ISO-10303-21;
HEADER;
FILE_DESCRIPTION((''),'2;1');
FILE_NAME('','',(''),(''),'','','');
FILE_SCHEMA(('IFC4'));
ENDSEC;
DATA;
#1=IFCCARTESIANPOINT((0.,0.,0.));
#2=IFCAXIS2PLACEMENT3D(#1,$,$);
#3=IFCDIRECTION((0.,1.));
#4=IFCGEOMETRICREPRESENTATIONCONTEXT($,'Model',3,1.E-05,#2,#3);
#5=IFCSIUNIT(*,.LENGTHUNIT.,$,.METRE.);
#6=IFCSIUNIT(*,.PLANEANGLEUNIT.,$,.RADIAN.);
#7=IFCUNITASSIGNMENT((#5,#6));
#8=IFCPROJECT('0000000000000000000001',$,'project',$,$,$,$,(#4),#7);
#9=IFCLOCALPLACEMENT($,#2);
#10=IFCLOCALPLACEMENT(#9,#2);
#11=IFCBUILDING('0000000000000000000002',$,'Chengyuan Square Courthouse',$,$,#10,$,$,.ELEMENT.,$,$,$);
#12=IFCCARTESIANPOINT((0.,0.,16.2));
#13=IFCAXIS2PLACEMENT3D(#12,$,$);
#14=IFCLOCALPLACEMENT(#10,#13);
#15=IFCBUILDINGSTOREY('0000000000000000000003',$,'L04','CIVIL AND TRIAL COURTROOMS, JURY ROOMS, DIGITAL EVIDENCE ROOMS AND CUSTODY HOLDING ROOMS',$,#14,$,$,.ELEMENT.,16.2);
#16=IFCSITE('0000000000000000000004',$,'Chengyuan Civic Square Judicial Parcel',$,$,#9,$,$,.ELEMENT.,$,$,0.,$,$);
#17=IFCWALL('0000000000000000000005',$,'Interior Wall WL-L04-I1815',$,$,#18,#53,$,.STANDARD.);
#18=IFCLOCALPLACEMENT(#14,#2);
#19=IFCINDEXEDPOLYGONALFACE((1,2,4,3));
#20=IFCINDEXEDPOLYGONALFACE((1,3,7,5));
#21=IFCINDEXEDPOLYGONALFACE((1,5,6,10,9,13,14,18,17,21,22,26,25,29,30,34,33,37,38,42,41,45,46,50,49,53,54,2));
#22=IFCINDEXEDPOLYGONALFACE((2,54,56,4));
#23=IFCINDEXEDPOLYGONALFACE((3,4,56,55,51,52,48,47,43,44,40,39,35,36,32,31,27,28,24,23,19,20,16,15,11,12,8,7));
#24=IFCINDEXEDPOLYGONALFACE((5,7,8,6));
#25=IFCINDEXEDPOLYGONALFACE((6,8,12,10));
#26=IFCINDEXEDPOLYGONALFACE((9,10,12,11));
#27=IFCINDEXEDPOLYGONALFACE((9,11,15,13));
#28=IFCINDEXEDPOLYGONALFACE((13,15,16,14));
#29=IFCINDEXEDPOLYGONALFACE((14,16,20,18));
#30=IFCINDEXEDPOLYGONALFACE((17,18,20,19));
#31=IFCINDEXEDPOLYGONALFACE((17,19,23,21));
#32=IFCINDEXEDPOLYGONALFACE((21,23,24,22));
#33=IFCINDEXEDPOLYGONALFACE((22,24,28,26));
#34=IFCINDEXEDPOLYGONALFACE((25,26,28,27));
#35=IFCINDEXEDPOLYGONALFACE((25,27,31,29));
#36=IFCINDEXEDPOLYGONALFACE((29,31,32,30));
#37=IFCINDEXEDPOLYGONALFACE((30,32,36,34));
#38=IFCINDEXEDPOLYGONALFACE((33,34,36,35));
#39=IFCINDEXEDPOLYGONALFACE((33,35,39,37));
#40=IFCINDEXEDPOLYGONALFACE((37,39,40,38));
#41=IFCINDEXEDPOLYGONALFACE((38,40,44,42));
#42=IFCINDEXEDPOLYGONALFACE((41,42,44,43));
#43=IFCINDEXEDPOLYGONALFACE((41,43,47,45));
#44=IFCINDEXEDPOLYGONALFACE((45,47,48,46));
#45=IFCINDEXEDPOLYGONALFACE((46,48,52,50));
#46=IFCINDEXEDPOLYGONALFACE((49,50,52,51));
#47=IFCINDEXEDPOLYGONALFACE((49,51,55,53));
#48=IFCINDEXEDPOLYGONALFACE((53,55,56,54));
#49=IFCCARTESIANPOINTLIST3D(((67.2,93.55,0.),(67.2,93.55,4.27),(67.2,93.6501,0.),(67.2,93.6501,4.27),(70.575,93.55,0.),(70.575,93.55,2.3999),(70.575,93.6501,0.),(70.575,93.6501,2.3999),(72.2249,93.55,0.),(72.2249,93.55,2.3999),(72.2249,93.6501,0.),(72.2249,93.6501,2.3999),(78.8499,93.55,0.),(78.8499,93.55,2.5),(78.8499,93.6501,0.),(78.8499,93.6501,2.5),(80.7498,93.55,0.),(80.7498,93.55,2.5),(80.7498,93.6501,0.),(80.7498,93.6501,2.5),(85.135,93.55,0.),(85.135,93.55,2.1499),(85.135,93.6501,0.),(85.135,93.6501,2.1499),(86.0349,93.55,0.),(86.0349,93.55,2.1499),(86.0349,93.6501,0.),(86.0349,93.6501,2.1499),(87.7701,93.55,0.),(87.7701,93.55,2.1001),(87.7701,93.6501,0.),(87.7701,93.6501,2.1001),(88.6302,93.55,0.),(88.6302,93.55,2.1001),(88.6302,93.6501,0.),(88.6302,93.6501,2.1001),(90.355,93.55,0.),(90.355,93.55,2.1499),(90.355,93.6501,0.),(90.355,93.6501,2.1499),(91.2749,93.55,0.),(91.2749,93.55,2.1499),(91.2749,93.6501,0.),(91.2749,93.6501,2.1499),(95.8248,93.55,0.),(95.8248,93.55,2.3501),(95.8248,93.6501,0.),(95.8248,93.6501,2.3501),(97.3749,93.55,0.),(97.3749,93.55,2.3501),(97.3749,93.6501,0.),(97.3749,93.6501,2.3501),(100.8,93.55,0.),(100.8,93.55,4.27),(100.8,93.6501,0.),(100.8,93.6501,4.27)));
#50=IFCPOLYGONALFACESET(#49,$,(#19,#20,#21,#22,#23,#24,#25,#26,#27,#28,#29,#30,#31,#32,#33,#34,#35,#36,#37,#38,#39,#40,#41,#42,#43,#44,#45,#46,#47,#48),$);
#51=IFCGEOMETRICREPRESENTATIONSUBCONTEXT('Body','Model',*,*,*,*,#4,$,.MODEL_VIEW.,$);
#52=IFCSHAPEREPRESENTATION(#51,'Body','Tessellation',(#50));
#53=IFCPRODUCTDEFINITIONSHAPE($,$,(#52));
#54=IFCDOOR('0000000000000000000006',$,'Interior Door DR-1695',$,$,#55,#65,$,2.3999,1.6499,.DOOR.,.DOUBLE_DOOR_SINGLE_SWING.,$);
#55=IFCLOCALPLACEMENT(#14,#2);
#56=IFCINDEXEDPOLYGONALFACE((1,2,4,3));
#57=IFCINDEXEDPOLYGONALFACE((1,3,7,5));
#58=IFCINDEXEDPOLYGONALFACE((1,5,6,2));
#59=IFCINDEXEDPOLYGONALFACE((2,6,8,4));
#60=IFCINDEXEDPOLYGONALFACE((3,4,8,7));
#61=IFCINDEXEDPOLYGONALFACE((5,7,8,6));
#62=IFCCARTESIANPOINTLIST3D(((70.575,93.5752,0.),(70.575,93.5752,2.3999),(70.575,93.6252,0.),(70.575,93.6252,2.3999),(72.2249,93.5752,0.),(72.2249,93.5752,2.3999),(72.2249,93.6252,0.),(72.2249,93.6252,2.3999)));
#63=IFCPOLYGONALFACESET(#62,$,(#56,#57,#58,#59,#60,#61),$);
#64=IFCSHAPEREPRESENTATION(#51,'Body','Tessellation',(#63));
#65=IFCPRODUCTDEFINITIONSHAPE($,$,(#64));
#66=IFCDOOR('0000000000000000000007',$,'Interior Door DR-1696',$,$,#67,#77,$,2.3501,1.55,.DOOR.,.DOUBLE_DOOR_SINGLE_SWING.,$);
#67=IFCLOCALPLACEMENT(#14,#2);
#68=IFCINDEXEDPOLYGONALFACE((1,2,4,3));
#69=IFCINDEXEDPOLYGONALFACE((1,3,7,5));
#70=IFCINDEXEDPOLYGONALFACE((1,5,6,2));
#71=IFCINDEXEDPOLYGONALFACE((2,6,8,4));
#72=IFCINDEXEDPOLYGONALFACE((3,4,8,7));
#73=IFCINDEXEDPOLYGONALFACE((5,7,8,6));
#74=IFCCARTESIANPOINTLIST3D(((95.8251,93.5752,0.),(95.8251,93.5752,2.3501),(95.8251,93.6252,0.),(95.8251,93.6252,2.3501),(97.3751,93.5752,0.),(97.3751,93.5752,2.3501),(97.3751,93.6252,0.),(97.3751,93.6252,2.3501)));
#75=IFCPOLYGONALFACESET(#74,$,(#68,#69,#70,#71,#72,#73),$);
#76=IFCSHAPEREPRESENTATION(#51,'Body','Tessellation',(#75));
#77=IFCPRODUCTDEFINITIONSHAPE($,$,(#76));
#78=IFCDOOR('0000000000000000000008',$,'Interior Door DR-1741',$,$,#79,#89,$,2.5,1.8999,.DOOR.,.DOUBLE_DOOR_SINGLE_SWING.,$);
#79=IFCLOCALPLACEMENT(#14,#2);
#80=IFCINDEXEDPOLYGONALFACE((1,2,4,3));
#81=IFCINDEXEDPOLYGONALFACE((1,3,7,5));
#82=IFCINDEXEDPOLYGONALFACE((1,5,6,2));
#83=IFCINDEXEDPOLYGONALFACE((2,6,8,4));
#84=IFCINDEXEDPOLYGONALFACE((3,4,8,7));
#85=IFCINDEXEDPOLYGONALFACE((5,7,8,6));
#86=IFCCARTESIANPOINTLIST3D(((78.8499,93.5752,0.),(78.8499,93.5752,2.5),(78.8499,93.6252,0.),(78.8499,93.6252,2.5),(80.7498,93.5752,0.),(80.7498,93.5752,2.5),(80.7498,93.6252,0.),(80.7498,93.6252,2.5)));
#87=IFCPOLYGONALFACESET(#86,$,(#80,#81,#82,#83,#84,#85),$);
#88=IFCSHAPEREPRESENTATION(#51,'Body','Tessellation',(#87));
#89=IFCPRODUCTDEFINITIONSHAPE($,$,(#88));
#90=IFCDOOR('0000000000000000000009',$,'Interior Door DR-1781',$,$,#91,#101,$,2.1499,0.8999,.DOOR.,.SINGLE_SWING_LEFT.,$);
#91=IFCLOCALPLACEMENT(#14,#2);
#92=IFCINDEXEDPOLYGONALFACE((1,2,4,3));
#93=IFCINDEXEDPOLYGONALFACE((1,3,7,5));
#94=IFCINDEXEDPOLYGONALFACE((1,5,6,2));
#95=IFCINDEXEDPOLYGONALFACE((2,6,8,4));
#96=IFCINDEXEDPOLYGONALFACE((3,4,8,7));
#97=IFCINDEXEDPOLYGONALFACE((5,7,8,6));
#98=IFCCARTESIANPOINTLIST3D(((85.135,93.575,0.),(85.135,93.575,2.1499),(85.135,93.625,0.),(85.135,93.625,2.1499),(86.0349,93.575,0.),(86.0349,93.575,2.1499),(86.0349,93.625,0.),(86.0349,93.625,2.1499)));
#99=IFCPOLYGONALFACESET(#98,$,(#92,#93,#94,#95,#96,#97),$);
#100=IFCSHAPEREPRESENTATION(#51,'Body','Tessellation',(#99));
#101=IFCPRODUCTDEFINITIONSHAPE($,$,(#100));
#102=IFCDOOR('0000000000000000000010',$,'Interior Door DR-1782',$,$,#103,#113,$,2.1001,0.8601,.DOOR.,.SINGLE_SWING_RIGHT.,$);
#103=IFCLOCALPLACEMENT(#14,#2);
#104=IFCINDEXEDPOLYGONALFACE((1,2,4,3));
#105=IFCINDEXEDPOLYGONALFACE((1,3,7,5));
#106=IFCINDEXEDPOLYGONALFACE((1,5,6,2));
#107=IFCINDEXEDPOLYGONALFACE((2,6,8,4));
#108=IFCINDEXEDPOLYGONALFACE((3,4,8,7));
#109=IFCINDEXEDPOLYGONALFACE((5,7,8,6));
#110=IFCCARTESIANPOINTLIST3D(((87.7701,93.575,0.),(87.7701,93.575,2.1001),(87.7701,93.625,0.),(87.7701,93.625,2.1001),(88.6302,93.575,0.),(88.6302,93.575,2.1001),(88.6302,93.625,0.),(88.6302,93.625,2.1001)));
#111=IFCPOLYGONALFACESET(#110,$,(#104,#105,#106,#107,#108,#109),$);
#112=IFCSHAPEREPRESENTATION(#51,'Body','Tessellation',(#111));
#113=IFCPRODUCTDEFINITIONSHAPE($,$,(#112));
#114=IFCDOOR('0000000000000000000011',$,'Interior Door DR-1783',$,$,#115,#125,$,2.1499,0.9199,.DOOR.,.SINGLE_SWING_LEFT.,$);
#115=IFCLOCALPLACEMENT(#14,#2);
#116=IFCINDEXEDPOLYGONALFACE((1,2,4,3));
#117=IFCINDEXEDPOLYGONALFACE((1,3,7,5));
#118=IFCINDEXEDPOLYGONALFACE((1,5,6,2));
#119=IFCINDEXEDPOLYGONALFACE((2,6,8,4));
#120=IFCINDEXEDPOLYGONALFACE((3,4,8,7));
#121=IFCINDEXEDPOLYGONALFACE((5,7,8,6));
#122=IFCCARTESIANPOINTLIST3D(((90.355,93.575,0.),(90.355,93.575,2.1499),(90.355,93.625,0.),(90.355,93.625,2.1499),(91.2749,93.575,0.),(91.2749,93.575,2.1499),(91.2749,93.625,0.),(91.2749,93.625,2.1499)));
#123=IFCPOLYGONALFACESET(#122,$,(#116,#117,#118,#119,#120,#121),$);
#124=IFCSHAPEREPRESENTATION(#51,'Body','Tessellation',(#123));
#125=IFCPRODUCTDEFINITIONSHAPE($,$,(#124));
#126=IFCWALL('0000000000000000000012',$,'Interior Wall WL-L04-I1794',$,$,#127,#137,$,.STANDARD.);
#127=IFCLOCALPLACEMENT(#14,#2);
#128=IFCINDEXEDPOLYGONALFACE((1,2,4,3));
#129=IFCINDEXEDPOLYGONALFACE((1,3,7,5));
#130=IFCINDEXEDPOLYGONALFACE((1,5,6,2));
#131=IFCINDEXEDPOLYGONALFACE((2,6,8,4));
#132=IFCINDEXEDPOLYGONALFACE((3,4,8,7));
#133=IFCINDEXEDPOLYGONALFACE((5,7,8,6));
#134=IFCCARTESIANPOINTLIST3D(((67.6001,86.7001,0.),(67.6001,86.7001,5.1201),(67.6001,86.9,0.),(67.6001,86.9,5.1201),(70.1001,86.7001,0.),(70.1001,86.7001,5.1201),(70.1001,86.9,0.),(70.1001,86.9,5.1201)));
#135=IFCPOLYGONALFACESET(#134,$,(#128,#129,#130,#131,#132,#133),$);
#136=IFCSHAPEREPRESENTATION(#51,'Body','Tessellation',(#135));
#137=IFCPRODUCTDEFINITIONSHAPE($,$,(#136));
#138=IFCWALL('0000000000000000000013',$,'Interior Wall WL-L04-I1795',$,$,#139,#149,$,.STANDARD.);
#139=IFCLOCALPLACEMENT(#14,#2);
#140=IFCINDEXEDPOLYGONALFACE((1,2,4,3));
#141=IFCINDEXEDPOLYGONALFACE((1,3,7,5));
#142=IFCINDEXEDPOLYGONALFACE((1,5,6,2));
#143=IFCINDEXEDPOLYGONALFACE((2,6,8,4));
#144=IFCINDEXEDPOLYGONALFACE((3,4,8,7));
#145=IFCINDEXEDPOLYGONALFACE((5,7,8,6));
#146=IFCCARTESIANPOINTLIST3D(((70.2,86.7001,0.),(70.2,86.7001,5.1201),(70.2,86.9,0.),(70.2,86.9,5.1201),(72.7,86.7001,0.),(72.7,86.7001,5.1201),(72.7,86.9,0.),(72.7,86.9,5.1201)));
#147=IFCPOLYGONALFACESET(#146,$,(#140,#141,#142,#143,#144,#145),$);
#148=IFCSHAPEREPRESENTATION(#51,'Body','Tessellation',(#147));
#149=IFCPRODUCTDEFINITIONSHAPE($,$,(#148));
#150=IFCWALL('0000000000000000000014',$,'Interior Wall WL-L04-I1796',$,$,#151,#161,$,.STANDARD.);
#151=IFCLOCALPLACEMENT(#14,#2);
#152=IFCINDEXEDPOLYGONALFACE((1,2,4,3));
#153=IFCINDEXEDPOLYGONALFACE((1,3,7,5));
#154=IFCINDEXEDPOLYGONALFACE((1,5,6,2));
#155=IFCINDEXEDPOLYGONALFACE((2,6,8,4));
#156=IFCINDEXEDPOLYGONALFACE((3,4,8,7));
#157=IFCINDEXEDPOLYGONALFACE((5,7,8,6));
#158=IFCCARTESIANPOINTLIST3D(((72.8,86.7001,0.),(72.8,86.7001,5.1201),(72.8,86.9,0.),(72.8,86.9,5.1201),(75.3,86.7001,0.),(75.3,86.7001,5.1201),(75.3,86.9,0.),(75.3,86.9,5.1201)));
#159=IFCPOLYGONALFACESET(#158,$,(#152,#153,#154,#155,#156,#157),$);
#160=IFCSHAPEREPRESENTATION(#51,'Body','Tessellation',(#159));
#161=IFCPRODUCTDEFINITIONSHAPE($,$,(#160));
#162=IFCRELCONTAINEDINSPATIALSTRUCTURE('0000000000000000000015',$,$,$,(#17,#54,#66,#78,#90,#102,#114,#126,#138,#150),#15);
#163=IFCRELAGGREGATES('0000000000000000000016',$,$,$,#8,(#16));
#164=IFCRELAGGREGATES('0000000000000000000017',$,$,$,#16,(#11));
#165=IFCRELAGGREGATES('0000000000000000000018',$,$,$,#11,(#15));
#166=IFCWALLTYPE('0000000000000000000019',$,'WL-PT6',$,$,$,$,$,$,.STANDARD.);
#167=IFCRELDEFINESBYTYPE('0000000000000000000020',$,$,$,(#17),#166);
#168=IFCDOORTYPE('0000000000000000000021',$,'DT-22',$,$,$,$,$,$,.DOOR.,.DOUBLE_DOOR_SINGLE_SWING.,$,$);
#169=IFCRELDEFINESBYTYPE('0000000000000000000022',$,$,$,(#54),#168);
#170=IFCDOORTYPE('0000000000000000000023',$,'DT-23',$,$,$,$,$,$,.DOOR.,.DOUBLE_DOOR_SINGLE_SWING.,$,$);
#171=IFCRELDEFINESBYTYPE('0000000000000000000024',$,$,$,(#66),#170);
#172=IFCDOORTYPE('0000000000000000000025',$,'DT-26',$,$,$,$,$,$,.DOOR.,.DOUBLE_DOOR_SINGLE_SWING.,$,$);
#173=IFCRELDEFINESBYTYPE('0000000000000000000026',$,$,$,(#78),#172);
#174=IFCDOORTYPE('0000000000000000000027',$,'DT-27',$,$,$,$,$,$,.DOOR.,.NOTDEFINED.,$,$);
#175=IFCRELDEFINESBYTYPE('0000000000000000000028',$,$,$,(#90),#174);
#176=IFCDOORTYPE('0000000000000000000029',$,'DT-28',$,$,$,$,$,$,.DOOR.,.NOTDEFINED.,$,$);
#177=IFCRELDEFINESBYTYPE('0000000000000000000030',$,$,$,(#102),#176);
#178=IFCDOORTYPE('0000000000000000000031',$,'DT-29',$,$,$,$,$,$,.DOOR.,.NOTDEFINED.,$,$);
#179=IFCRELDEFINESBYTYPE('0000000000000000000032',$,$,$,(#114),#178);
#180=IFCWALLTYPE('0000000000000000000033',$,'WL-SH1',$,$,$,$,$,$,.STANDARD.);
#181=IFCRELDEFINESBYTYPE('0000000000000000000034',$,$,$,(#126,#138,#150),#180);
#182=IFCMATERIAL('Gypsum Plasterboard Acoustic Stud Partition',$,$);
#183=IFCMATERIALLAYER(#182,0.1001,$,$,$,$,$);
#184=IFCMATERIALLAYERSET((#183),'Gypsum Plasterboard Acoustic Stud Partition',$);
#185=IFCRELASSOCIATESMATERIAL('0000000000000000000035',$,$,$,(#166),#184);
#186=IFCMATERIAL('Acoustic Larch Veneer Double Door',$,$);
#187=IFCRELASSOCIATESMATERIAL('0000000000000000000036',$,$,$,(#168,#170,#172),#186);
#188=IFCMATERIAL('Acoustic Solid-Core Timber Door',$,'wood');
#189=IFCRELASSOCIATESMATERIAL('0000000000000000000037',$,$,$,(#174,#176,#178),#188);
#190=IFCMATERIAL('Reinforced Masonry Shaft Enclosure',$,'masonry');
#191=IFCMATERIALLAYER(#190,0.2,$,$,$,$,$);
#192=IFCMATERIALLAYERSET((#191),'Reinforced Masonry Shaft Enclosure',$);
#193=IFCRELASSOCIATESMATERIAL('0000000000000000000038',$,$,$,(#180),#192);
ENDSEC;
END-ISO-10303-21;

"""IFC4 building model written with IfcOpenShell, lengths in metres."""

from ifc_helpers import new_model, si_unit, direction, frame, frame_2d, origin, place, context, subcontext, project, spatial, rectangle, extrude, material, layer, layer_set, type_object, element, fill, save


model = new_model("IFC4")

# Units and contexts
model_context = context("Model", 3, precision=1e-05, world=origin(), true_north=direction((0.0, 1.0)))
body_context = subcontext(model_context, "Body", "Model", "MODEL_VIEW")
ifc_project = project(units=[si_unit("LENGTHUNIT", "METRE"), si_unit("PLANEANGLEUNIT", "RADIAN")], contexts=[model_context])

# Site, building, storey
site_placement = place(None, origin())
site = spatial("IfcSite", under=ifc_project, at=site_placement, Name="Chengyuan Civic Square Judicial Parcel", CompositionType="ELEMENT", RefElevation=0.0)
building_placement = place(site_placement, origin())
building = spatial("IfcBuilding", under=site, at=building_placement, Name="Chengyuan Square Courthouse", CompositionType="ELEMENT")
storey_placement = place(building_placement, frame((0.0, 0.0, 16.2)))
storey = spatial("IfcBuildingStorey", under=building, at=storey_placement, Name="L04", Description="CIVIL AND TRIAL COURTROOMS, JURY ROOMS, DIGITAL EVIDENCE ROOMS AND CUSTODY HOLDING ROOMS", CompositionType="ELEMENT", Elevation=16.2)

# Wall, openings, doors
ifc_material_1 = material(Name="Gypsum Plasterboard Acoustic Stud Partition")
ifc_layer_1 = layer(ifc_material_1, 0.1001)
ifc_layer_set_1 = layer_set([ifc_layer_1], Name="Gypsum Plasterboard Acoustic Stud Partition")
wall_type_1 = type_object("IfcWallType", Name="WL-PT6", PredefinedType="STANDARD", material=ifc_layer_set_1)
wall_1_placement = place(storey_placement, frame((67.2, 93.6001, 0.0), z_axis=(0.0, 0.0, 1.0), x_axis=(1.0, 0.0, 0.0)))
wall_1 = element("IfcWall", 1, at=wall_1_placement, inside=storey, type_object=wall_type_1, Name="Interior Wall WL-L04-I1815", PredefinedType="STANDARD", context=body_context, shape_type="SweptSolid", body=[
    extrude(rectangle(XDim=33.6001, YDim=0.1001, at=frame_2d((16.8, 0.0))), origin(), (0.0, 0.0, 1.0), 4.27),
])
opening_1_placement = place(wall_1_placement, frame((3.375, 0.0, 0.0)))
opening_1 = element("IfcOpeningElement", 2, at=opening_1_placement, cuts=wall_1, PredefinedType="OPENING", context=body_context, shape_type="SweptSolid", body=[
    extrude(rectangle(XDim=1.6499, YDim=2.3999, at=frame_2d((0.825, 1.2))), frame((0.0, 0.062, 0.0), z_axis=(0.0, -1.0, 0.0), x_axis=(1.0, 0.0, 0.0)), (0.0, 0.0, 1.0), 0.124),
])
opening_2_placement = place(wall_1_placement, frame((28.625, 0.0, 0.0)))
opening_2 = element("IfcOpeningElement", 3, at=opening_2_placement, cuts=wall_1, PredefinedType="OPENING", context=body_context, shape_type="SweptSolid", body=[
    extrude(rectangle(XDim=1.55, YDim=2.3501, at=frame_2d((0.7749, 1.175))), frame((0.0, 0.062, 0.0), z_axis=(0.0, -1.0, 0.0), x_axis=(1.0, 0.0, 0.0)), (0.0, 0.0, 1.0), 0.124),
])
opening_3_placement = place(wall_1_placement, frame((11.6499, 0.0, 0.0)))
opening_3 = element("IfcOpeningElement", 4, at=opening_3_placement, cuts=wall_1, PredefinedType="OPENING", context=body_context, shape_type="SweptSolid", body=[
    extrude(rectangle(XDim=1.8999, YDim=2.5, at=frame_2d((0.95, 1.25))), frame((0.0, 0.062, 0.0), z_axis=(0.0, -1.0, 0.0), x_axis=(1.0, 0.0, 0.0)), (0.0, 0.0, 1.0), 0.124),
])
opening_4_placement = place(wall_1_placement, frame((17.9351, 0.0, 0.0)))
opening_4 = element("IfcOpeningElement", 5, at=opening_4_placement, cuts=wall_1, PredefinedType="OPENING", context=body_context, shape_type="SweptSolid", body=[
    extrude(rectangle(XDim=0.8999, YDim=2.1499, at=frame_2d((0.45, 1.075))), frame((0.0, 0.062, 0.0), z_axis=(0.0, -1.0, 0.0), x_axis=(1.0, 0.0, 0.0)), (0.0, 0.0, 1.0), 0.124),
])
opening_5_placement = place(wall_1_placement, frame((20.5701, 0.0, 0.0)))
opening_5 = element("IfcOpeningElement", 6, at=opening_5_placement, cuts=wall_1, PredefinedType="OPENING", context=body_context, shape_type="SweptSolid", body=[
    extrude(rectangle(XDim=0.8601, YDim=2.1001, at=frame_2d((0.4302, 1.05))), frame((0.0, 0.062, 0.0), z_axis=(0.0, -1.0, 0.0), x_axis=(1.0, 0.0, 0.0)), (0.0, 0.0, 1.0), 0.124),
])
opening_6_placement = place(wall_1_placement, frame((23.155, 0.0, 0.0)))
opening_6 = element("IfcOpeningElement", 7, at=opening_6_placement, cuts=wall_1, PredefinedType="OPENING", context=body_context, shape_type="SweptSolid", body=[
    extrude(rectangle(XDim=0.9199, YDim=2.1499, at=frame_2d((0.46, 1.075))), frame((0.0, 0.062, 0.0), z_axis=(0.0, -1.0, 0.0), x_axis=(1.0, 0.0, 0.0)), (0.0, 0.0, 1.0), 0.124),
])
ifc_material_2 = material(Name="Acoustic Larch Veneer Double Door")
door_type_1 = type_object("IfcDoorType", Name="DT-22", OperationType="DOUBLE_DOOR_SINGLE_SWING", PredefinedType="DOOR", material=ifc_material_2)
door_1_placement = place(opening_1_placement, frame((1.6499, 0.0, 0.0), z_axis=(0.0, 0.0, 1.0), x_axis=(-1.0, 0.0, 0.0)))
door_1 = element("IfcDoor", 8, at=door_1_placement, inside=storey, type_object=door_type_1, Name="Interior Door DR-1695", OperationType="DOUBLE_DOOR_SINGLE_SWING", OverallHeight=2.3999, OverallWidth=1.6499, PredefinedType="DOOR", context=body_context, shape_type="SweptSolid", body=[
    extrude(rectangle(XDim=1.6499, YDim=2.3999, at=frame_2d((0.825, 1.2))), frame((0.0, 0.0249, 0.0), z_axis=(0.0, -1.0, 0.0), x_axis=(1.0, 0.0, 0.0)), (0.0, 0.0, 1.0), 0.05),
])
fill(opening_1, door_1)
door_type_2 = type_object("IfcDoorType", Name="DT-23", OperationType="DOUBLE_DOOR_SINGLE_SWING", PredefinedType="DOOR", material=ifc_material_2)
door_2_placement = place(opening_2_placement, frame((1.55, 0.0, 0.0), z_axis=(0.0, 0.0, 1.0), x_axis=(-1.0, 0.0, 0.0)))
door_2 = element("IfcDoor", 9, at=door_2_placement, inside=storey, type_object=door_type_2, Name="Interior Door DR-1696", OperationType="DOUBLE_DOOR_SINGLE_SWING", OverallHeight=2.3501, OverallWidth=1.55, PredefinedType="DOOR", context=body_context, shape_type="SweptSolid", body=[
    extrude(rectangle(XDim=1.55, YDim=2.3501, at=frame_2d((0.7749, 1.175))), frame((0.0, 0.0249, 0.0), z_axis=(0.0, -1.0, 0.0), x_axis=(1.0, 0.0, 0.0)), (0.0, 0.0, 1.0), 0.05),
])
fill(opening_2, door_2)
door_type_3 = type_object("IfcDoorType", Name="DT-26", OperationType="DOUBLE_DOOR_SINGLE_SWING", PredefinedType="DOOR", material=ifc_material_2)
door_3_placement = place(opening_3_placement, frame((1.8999, 0.0, 0.0), z_axis=(0.0, 0.0, 1.0), x_axis=(-1.0, 0.0, 0.0)))
door_3 = element("IfcDoor", 10, at=door_3_placement, inside=storey, type_object=door_type_3, Name="Interior Door DR-1741", OperationType="DOUBLE_DOOR_SINGLE_SWING", OverallHeight=2.5, OverallWidth=1.8999, PredefinedType="DOOR", context=body_context, shape_type="SweptSolid", body=[
    extrude(rectangle(XDim=1.8999, YDim=2.5, at=frame_2d((0.95, 1.25))), frame((0.0, 0.0249, 0.0), z_axis=(0.0, -1.0, 0.0), x_axis=(1.0, 0.0, 0.0)), (0.0, 0.0, 1.0), 0.05),
])
fill(opening_3, door_3)
ifc_material_3 = material(Name="Acoustic Solid-Core Timber Door", Category="wood")
door_type_4 = type_object("IfcDoorType", Name="DT-27", OperationType="NOTDEFINED", PredefinedType="DOOR", material=ifc_material_3)
door_4_placement = place(opening_4_placement, origin())
door_4 = element("IfcDoor", 11, at=door_4_placement, inside=storey, type_object=door_type_4, Name="Interior Door DR-1781", OperationType="SINGLE_SWING_LEFT", OverallHeight=2.1499, OverallWidth=0.8999, PredefinedType="DOOR", context=body_context, shape_type="SweptSolid", body=[
    extrude(rectangle(XDim=0.8999, YDim=2.1499, at=frame_2d((0.45, 1.075))), frame((0.0, 0.0249, 0.0), z_axis=(0.0, -1.0, 0.0), x_axis=(1.0, 0.0, 0.0)), (0.0, 0.0, 1.0), 0.05),
])
fill(opening_4, door_4)
door_type_5 = type_object("IfcDoorType", Name="DT-28", OperationType="NOTDEFINED", PredefinedType="DOOR", material=ifc_material_3)
door_5_placement = place(opening_5_placement, origin())
door_5 = element("IfcDoor", 12, at=door_5_placement, inside=storey, type_object=door_type_5, Name="Interior Door DR-1782", OperationType="SINGLE_SWING_RIGHT", OverallHeight=2.1001, OverallWidth=0.8601, PredefinedType="DOOR", context=body_context, shape_type="SweptSolid", body=[
    extrude(rectangle(XDim=0.8601, YDim=2.1001, at=frame_2d((0.4302, 1.05))), frame((0.0, 0.0249, 0.0), z_axis=(0.0, -1.0, 0.0), x_axis=(1.0, 0.0, 0.0)), (0.0, 0.0, 1.0), 0.05),
])
fill(opening_5, door_5)
door_type_6 = type_object("IfcDoorType", Name="DT-29", OperationType="NOTDEFINED", PredefinedType="DOOR", material=ifc_material_3)
door_6_placement = place(opening_6_placement, origin())
door_6 = element("IfcDoor", 13, at=door_6_placement, inside=storey, type_object=door_type_6, Name="Interior Door DR-1783", OperationType="SINGLE_SWING_LEFT", OverallHeight=2.1499, OverallWidth=0.9199, PredefinedType="DOOR", context=body_context, shape_type="SweptSolid", body=[
    extrude(rectangle(XDim=0.9199, YDim=2.1499, at=frame_2d((0.46, 1.075))), frame((0.0, 0.0249, 0.0), z_axis=(0.0, -1.0, 0.0), x_axis=(1.0, 0.0, 0.0)), (0.0, 0.0, 1.0), 0.05),
])
fill(opening_6, door_6)

# Walls
ifc_material_4 = material(Name="Reinforced Masonry Shaft Enclosure", Category="masonry")
ifc_layer_2 = layer(ifc_material_4, 0.2)
ifc_layer_set_2 = layer_set([ifc_layer_2], Name="Reinforced Masonry Shaft Enclosure")
wall_type_2 = type_object("IfcWallType", Name="WL-SH1", PredefinedType="STANDARD", material=ifc_layer_set_2)
for number, where, z_axis, x_axis, name in (
    (14, (67.6001, 86.8, 0.0), (0.0, 0.0, 1.0), (1.0, 0.0, 0.0), "Interior Wall WL-L04-I1794"),
    (15, (70.2, 86.8, 0.0), (0.0, 0.0, 1.0), (1.0, 0.0, 0.0), "Interior Wall WL-L04-I1795"),
    (16, (72.8, 86.8, 0.0), (0.0, 0.0, 1.0), (1.0, 0.0, 0.0), "Interior Wall WL-L04-I1796"),
):
    element("IfcWall", number, at=place(storey_placement, frame(where, z_axis=z_axis, x_axis=x_axis)), inside=storey, type_object=wall_type_2, Name=name, PredefinedType="STANDARD", context=body_context, shape_type="SweptSolid", body=[
        extrude(rectangle(XDim=2.5, YDim=0.2, at=frame_2d((1.25, 0.0))), origin(), (0.0, 0.0, 1.0), 5.1201),
    ])

save(model, "model.ifc")
